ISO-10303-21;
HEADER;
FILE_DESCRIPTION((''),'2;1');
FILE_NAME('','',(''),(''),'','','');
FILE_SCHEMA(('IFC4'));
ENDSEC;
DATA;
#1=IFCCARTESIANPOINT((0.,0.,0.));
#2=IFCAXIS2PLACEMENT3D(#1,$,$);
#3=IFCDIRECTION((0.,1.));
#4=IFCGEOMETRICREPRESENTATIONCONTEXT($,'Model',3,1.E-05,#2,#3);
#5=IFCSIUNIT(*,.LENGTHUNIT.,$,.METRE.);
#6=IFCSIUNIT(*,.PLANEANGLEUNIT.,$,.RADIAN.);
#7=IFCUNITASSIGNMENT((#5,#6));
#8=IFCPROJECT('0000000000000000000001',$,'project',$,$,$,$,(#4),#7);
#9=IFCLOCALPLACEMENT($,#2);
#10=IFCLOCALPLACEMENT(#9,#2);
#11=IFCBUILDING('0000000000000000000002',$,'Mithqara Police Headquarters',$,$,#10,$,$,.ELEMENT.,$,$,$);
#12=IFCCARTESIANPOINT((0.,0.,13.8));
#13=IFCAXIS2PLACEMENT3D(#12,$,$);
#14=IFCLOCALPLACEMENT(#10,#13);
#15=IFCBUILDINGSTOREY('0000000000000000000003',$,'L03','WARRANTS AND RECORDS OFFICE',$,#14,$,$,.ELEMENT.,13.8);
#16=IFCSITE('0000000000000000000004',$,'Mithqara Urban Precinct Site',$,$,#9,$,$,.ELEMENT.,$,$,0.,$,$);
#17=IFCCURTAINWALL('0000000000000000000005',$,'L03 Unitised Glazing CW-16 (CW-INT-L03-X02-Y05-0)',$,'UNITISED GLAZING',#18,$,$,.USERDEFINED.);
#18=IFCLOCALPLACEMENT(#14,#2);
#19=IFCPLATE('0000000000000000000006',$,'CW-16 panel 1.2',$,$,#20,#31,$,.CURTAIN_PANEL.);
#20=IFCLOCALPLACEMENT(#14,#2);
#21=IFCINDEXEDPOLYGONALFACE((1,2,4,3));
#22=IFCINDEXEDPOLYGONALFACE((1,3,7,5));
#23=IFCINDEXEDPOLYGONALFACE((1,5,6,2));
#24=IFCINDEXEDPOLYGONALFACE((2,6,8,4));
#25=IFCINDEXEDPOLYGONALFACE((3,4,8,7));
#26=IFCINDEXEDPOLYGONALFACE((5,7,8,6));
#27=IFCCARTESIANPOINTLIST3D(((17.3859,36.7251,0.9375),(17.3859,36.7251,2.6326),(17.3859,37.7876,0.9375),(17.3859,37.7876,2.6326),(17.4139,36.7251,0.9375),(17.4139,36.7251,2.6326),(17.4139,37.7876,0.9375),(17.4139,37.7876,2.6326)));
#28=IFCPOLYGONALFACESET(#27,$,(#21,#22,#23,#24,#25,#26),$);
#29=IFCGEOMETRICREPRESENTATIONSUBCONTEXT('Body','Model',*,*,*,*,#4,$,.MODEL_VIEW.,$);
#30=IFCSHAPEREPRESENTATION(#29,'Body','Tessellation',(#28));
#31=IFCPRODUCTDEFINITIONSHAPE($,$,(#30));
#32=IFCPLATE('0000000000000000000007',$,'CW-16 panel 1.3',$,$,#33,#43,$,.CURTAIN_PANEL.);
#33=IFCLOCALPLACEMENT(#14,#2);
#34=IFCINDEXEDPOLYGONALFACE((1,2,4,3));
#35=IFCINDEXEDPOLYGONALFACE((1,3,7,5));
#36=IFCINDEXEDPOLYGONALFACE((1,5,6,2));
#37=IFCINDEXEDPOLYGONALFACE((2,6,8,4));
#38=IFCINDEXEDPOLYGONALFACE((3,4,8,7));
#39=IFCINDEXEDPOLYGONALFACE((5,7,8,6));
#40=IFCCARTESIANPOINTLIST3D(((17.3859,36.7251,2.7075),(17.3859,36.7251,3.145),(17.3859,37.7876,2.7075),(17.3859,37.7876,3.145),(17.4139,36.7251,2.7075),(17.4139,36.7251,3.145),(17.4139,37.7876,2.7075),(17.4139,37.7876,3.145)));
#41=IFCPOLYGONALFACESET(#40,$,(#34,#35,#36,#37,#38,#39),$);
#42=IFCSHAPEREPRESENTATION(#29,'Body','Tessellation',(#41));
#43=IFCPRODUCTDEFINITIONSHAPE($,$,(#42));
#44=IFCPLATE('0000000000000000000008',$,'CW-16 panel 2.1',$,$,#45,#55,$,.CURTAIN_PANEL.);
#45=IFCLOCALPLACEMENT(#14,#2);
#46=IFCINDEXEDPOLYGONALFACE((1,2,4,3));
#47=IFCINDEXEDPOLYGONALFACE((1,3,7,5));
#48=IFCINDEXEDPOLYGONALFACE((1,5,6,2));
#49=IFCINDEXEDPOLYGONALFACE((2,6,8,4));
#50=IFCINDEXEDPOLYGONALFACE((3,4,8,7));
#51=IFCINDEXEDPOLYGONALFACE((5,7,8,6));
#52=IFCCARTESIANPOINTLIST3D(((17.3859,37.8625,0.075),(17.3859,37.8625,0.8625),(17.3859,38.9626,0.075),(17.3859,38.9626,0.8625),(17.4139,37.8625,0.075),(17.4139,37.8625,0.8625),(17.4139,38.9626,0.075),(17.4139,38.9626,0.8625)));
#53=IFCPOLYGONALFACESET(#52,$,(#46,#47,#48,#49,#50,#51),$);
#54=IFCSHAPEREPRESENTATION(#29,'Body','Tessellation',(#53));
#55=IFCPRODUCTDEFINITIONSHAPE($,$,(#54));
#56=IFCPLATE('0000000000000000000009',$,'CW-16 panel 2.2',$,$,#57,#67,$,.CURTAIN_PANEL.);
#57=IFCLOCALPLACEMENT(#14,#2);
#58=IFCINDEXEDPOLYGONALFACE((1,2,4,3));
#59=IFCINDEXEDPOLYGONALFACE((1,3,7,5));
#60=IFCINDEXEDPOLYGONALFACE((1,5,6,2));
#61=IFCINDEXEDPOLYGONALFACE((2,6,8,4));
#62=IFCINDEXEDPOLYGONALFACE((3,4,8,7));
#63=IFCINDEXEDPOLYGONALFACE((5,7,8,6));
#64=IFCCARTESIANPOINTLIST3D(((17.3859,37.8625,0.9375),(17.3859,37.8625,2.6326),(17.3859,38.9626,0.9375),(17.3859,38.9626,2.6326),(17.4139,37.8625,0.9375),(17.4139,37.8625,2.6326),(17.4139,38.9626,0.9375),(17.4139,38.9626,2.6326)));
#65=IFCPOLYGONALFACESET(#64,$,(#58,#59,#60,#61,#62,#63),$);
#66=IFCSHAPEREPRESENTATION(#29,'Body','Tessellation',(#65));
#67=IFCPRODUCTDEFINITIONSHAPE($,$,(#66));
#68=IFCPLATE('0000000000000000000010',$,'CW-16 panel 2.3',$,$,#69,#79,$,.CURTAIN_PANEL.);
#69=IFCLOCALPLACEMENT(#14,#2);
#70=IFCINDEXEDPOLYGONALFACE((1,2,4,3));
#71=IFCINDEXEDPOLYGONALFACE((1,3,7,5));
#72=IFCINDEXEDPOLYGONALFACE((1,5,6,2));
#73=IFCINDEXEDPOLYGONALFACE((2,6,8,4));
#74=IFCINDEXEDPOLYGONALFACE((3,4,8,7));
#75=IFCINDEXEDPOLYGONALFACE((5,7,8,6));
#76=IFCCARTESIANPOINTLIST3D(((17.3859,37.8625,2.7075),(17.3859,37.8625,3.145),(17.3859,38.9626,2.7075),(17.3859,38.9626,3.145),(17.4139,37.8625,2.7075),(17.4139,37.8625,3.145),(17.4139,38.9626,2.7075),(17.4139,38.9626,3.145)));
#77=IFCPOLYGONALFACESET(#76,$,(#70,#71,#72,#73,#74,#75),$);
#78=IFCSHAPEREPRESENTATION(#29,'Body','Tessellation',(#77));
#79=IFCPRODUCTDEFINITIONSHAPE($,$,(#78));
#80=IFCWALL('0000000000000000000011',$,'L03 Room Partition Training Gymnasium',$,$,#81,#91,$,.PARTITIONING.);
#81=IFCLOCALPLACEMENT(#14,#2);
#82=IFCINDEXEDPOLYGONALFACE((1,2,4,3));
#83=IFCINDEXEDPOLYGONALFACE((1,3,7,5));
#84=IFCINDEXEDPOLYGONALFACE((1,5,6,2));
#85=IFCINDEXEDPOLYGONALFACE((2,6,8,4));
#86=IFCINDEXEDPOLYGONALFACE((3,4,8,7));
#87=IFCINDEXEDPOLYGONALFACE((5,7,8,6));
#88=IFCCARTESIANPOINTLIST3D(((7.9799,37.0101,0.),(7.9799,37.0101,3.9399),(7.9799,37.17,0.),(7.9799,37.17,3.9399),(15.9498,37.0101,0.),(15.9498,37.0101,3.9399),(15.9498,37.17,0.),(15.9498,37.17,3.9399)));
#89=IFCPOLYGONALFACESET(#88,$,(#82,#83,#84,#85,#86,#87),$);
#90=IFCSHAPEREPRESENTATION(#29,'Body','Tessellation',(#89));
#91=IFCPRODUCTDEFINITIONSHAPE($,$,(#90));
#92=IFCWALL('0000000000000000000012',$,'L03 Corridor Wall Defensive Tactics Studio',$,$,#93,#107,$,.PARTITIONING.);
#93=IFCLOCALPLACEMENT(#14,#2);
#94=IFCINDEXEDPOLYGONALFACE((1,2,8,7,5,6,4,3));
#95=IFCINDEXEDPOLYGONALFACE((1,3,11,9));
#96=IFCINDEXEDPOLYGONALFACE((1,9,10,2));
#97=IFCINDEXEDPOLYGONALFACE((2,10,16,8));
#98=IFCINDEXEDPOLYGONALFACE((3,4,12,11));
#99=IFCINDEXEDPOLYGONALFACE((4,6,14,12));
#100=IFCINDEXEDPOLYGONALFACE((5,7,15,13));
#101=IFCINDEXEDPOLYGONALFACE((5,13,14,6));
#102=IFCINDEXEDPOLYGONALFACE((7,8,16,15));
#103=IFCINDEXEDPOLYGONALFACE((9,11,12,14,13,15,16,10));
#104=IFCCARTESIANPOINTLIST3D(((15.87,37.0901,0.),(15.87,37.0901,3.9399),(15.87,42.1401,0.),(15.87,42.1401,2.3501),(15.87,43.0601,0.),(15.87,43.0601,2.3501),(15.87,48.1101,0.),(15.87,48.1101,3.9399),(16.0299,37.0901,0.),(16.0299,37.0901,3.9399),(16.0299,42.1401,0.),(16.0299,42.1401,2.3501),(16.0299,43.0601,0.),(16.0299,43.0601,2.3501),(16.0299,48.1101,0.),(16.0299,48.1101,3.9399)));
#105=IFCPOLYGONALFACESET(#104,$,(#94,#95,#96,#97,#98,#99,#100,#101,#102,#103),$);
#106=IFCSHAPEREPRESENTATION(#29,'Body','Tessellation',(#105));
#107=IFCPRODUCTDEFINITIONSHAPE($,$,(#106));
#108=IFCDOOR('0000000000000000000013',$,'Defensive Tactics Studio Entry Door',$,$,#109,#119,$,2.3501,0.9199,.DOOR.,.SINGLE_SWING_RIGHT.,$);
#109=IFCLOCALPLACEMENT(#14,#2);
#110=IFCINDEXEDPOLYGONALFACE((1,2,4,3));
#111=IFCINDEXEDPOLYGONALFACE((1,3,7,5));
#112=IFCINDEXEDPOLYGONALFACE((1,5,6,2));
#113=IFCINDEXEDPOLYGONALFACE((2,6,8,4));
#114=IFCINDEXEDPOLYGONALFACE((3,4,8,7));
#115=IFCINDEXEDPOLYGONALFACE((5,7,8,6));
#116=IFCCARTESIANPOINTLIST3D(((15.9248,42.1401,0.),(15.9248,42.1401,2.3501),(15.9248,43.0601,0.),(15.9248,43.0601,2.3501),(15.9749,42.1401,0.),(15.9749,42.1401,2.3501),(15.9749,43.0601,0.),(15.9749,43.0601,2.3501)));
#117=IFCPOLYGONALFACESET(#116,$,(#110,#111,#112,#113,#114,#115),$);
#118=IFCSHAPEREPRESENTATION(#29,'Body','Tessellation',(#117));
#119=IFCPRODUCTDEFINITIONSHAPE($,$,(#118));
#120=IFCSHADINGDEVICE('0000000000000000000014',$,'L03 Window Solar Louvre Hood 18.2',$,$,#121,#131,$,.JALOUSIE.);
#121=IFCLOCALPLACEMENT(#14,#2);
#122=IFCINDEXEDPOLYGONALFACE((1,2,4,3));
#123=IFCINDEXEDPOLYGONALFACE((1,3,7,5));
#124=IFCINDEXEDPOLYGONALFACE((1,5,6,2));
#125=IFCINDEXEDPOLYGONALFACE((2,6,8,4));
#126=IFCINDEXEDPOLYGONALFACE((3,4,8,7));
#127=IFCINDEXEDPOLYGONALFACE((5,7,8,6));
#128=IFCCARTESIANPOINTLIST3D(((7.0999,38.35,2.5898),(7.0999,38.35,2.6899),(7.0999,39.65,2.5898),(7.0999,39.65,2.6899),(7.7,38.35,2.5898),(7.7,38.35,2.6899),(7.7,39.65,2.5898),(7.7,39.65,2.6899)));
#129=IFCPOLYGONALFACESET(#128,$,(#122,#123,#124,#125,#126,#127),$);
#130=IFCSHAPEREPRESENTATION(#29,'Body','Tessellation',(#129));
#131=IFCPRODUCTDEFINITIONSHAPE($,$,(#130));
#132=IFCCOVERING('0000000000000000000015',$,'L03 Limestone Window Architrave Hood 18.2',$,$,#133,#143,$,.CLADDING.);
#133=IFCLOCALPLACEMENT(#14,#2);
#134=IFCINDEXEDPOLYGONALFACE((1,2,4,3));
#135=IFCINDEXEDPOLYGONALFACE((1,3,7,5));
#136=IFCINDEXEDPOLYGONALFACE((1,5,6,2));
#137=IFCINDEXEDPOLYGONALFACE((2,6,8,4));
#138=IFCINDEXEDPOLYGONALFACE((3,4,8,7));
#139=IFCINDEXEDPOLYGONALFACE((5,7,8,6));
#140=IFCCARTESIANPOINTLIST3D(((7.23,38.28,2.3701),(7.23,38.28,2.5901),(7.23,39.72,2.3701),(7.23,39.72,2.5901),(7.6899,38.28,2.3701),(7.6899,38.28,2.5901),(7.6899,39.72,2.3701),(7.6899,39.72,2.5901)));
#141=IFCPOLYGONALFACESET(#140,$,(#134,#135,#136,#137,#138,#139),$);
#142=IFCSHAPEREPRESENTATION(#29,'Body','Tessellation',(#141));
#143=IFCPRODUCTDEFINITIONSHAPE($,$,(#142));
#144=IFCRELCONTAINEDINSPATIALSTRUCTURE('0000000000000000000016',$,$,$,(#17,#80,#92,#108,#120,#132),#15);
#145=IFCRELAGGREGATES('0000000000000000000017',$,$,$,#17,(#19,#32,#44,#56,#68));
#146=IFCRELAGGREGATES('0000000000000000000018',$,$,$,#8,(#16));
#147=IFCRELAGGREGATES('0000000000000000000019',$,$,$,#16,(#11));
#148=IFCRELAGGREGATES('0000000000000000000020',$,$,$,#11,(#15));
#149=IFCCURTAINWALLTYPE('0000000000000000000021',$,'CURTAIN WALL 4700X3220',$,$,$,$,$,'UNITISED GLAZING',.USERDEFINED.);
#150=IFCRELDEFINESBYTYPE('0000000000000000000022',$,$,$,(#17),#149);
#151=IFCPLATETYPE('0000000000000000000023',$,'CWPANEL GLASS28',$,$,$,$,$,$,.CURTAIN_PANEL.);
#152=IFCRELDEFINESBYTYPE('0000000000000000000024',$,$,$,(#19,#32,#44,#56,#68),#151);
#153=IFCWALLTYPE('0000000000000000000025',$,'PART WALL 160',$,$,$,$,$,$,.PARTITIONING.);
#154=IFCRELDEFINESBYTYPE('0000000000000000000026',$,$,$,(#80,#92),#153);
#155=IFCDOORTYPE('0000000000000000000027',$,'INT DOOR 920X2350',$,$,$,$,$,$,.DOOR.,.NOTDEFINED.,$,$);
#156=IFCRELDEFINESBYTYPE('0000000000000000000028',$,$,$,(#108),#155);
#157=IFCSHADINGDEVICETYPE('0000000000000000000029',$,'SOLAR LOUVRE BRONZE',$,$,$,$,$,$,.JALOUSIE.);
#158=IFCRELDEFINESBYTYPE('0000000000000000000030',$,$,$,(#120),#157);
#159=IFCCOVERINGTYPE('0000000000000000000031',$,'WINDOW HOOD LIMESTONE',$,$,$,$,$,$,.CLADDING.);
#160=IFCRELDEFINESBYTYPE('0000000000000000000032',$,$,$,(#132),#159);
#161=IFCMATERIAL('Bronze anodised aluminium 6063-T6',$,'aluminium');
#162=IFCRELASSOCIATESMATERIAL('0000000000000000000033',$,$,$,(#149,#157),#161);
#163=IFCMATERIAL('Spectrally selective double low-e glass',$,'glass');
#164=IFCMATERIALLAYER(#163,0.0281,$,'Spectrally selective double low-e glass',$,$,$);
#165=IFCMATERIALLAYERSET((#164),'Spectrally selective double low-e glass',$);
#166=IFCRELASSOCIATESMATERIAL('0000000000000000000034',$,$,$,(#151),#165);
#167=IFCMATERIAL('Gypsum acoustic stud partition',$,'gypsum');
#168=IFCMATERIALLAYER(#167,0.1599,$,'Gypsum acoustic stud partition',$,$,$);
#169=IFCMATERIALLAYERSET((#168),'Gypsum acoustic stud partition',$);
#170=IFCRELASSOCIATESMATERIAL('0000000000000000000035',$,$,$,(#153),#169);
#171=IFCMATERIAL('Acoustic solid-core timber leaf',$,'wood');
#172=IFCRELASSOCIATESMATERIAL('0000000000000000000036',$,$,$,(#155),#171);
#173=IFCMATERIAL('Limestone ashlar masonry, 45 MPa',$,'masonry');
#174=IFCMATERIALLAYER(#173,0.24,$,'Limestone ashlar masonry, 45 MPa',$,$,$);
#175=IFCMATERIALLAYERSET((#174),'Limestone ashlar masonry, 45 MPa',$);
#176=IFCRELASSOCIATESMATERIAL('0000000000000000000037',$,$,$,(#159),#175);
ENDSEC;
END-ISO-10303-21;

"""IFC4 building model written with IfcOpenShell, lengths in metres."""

from ifc_helpers import new_model, si_unit, direction, frame, frame_2d, origin, origin_2d, place, context, subcontext, project, spatial, rectangle, extrude, material, layer, layer_set, type_object, element, fill, aggregate, save


model = new_model("IFC4")

# Units and contexts
model_context = context("Model", 3, precision=1e-05, world=origin(), true_north=direction((0.0, 1.0)))
body_context = subcontext(model_context, "Body", "Model", "MODEL_VIEW")
ifc_project = project(units=[si_unit("LENGTHUNIT", "METRE"), si_unit("PLANEANGLEUNIT", "RADIAN")], contexts=[model_context])

# Site, building, storey
site_placement = place(None, origin())
site = spatial("IfcSite", under=ifc_project, at=site_placement, Name="Mithqara Urban Precinct Site", CompositionType="ELEMENT", RefElevation=0.0)
building_placement = place(site_placement, origin())
building = spatial("IfcBuilding", under=site, at=building_placement, Name="Mithqara Police Headquarters", CompositionType="ELEMENT")
storey_placement = place(building_placement, frame((0.0, 0.0, 13.8)))
storey = spatial("IfcBuildingStorey", under=building, at=storey_placement, Name="L03", Description="WARRANTS AND RECORDS OFFICE", CompositionType="ELEMENT", Elevation=13.8)

# Curtain wall
ifc_material_1 = material(Name="Bronze anodised aluminium 6063-T6", Category="aluminium")
curtain_wall_type = type_object("IfcCurtainWallType", Name="CURTAIN WALL 4700X3220", ElementType="UNITISED GLAZING", PredefinedType="USERDEFINED", material=ifc_material_1)
curtain_wall_placement = place(storey_placement, origin())
curtain_wall = element("IfcCurtainWall", 1, at=curtain_wall_placement, inside=storey, type_object=curtain_wall_type, Name="L03 Unitised Glazing CW-16 (CW-INT-L03-X02-Y05-0)", ObjectType="UNITISED GLAZING", PredefinedType="USERDEFINED")

# Plates
ifc_material_2 = material(Name="Spectrally selective double low-e glass", Category="glass")
ifc_layer_1 = layer(ifc_material_2, 0.0281, Name="Spectrally selective double low-e glass")
ifc_layer_set_1 = layer_set([ifc_layer_1], Name="Spectrally selective double low-e glass")
plate_type = type_object("IfcPlateType", Name="CWPANEL GLASS28", PredefinedType="CURTAIN_PANEL", material=ifc_layer_set_1)
plate_1_placement = place(storey_placement, frame((17.3999, 37.2563, 0.9375), z_axis=(0.0, 0.0, 1.0), x_axis=(0.0, 1.0, 0.0)))
plate_1 = element("IfcPlate", 2, at=plate_1_placement, type_object=plate_type, Name="CW-16 panel 1.2", PredefinedType="CURTAIN_PANEL", context=body_context, shape_type="SweptSolid", body=[
    extrude(rectangle(XDim=1.0625, YDim=0.0281, at=origin_2d()), origin(), (0.0, 0.0, 1.0), 1.6951),
])
plate_2_placement = place(storey_placement, frame((17.3999, 37.2563, 2.7075), z_axis=(0.0, 0.0, 1.0), x_axis=(0.0, 1.0, 0.0)))
plate_2 = element("IfcPlate", 3, at=plate_2_placement, type_object=plate_type, Name="CW-16 panel 1.3", PredefinedType="CURTAIN_PANEL", context=body_context, shape_type="SweptSolid", body=[
    extrude(rectangle(XDim=1.0625, YDim=0.0281, at=origin_2d()), origin(), (0.0, 0.0, 1.0), 0.4375),
])
plate_3_placement = place(storey_placement, frame((17.3999, 38.4126, 0.075), z_axis=(0.0, 0.0, 1.0), x_axis=(0.0, 1.0, 0.0)))
plate_3 = element("IfcPlate", 4, at=plate_3_placement, type_object=plate_type, Name="CW-16 panel 2.1", PredefinedType="CURTAIN_PANEL", context=body_context, shape_type="SweptSolid", body=[
    extrude(rectangle(XDim=1.1001, YDim=0.0281, at=origin_2d()), origin(), (0.0, 0.0, 1.0), 0.7876),
])
plate_4_placement = place(storey_placement, frame((17.3999, 38.4126, 0.9375), z_axis=(0.0, 0.0, 1.0), x_axis=(0.0, 1.0, 0.0)))
plate_4 = element("IfcPlate", 5, at=plate_4_placement, type_object=plate_type, Name="CW-16 panel 2.2", PredefinedType="CURTAIN_PANEL", context=body_context, shape_type="SweptSolid", body=[
    extrude(rectangle(XDim=1.1001, YDim=0.0281, at=origin_2d()), origin(), (0.0, 0.0, 1.0), 1.6951),
])
plate_5_placement = place(storey_placement, frame((17.3999, 38.4126, 2.7075), z_axis=(0.0, 0.0, 1.0), x_axis=(0.0, 1.0, 0.0)))
plate_5 = element("IfcPlate", 6, at=plate_5_placement, type_object=plate_type, Name="CW-16 panel 2.3", PredefinedType="CURTAIN_PANEL", context=body_context, shape_type="SweptSolid", body=[
    extrude(rectangle(XDim=1.1001, YDim=0.0281, at=origin_2d()), origin(), (0.0, 0.0, 1.0), 0.4375),
])
aggregate(curtain_wall, [plate_1, plate_2, plate_3, plate_4, plate_5])

# Wall
ifc_material_3 = material(Name="Gypsum acoustic stud partition", Category="gypsum")
ifc_layer_2 = layer(ifc_material_3, 0.1599, Name="Gypsum acoustic stud partition")
ifc_layer_set_2 = layer_set([ifc_layer_2], Name="Gypsum acoustic stud partition")
wall_type = type_object("IfcWallType", Name="PART WALL 160", PredefinedType="PARTITIONING", material=ifc_layer_set_2)
wall_1_placement = place(storey_placement, frame((7.98, 37.0901, 0.0), z_axis=(0.0, 0.0, 1.0), x_axis=(1.0, 0.0, 0.0)))
element("IfcWall", 7, at=wall_1_placement, inside=storey, type_object=wall_type, Name="L03 Room Partition Training Gymnasium", PredefinedType="PARTITIONING", context=body_context, shape_type="SweptSolid", body=[
    extrude(rectangle(XDim=7.97, YDim=0.1599, at=frame_2d((3.9849, 0.0))), origin(), (0.0, 0.0, 1.0), 3.9399),
])

# Wall, opening, door
wall_2_placement = place(storey_placement, frame((15.95, 37.0901, 0.0), z_axis=(0.0, 0.0, 1.0), x_axis=(0.0, 1.0, 0.0)))
wall_2 = element("IfcWall", 8, at=wall_2_placement, inside=storey, type_object=wall_type, Name="L03 Corridor Wall Defensive Tactics Studio", PredefinedType="PARTITIONING", context=body_context, shape_type="SweptSolid", body=[
    extrude(rectangle(XDim=11.02, YDim=0.1599, at=frame_2d((5.51, 0.0))), origin(), (0.0, 0.0, 1.0), 3.9399),
])
opening_placement = place(wall_2_placement, frame((5.05, 0.0, 0.0)))
opening = element("IfcOpeningElement", 9, at=opening_placement, cuts=wall_2, PredefinedType="OPENING", context=body_context, shape_type="SweptSolid", body=[
    extrude(rectangle(XDim=0.9199, YDim=2.3501, at=frame_2d((0.46, 1.175))), frame((0.0, 0.0898, 0.0), z_axis=(0.0, -1.0, 0.0), x_axis=(1.0, 0.0, 0.0)), (0.0, 0.0, 1.0), 0.1799),
])
ifc_material_4 = material(Name="Acoustic solid-core timber leaf", Category="wood")
door_type = type_object("IfcDoorType", Name="INT DOOR 920X2350", OperationType="NOTDEFINED", PredefinedType="DOOR", material=ifc_material_4)
door_placement = place(opening_placement, frame((0.9199, 0.0, 0.0), z_axis=(0.0, 0.0, 1.0), x_axis=(-1.0, 0.0, 0.0)))
door = element("IfcDoor", 10, at=door_placement, inside=storey, type_object=door_type, Name="Defensive Tactics Studio Entry Door", OperationType="SINGLE_SWING_RIGHT", OverallHeight=2.3501, OverallWidth=0.9199, PredefinedType="DOOR", context=body_context, shape_type="SweptSolid", body=[
    extrude(rectangle(XDim=0.9199, YDim=2.3501, at=frame_2d((0.46, 1.175))), frame((0.0, 0.0249, 0.0), z_axis=(0.0, -1.0, 0.0), x_axis=(1.0, 0.0, 0.0)), (0.0, 0.0, 1.0), 0.05),
])
fill(opening, door)

# Shading device
shading_device_type = type_object("IfcShadingDeviceType", Name="SOLAR LOUVRE BRONZE", PredefinedType="JALOUSIE", material=ifc_material_1)
shading_device_placement = place(storey_placement, frame((7.3999, 39.0, 2.5898), z_axis=(0.0, 0.0, 1.0), x_axis=(0.0, 1.0, 0.0)))
element("IfcShadingDevice", 11, at=shading_device_placement, inside=storey, type_object=shading_device_type, Name="L03 Window Solar Louvre Hood 18.2", PredefinedType="JALOUSIE", context=body_context, shape_type="SweptSolid", body=[
    extrude(rectangle(XDim=1.3, YDim=0.6001, at=origin_2d()), origin(), (0.0, 0.0, 1.0), 0.1001),
])

# Covering
ifc_material_5 = material(Name="Limestone ashlar masonry, 45 MPa", Category="masonry")
ifc_layer_3 = layer(ifc_material_5, 0.24, Name="Limestone ashlar masonry, 45 MPa")
ifc_layer_set_3 = layer_set([ifc_layer_3], Name="Limestone ashlar masonry, 45 MPa")
covering_type = type_object("IfcCoveringType", Name="WINDOW HOOD LIMESTONE", PredefinedType="CLADDING", material=ifc_layer_set_3)
covering_placement = place(storey_placement, frame((7.46, 39.0, 2.3701), z_axis=(0.0, 0.0, 1.0), x_axis=(0.0, 1.0, 0.0)))
element("IfcCovering", 12, at=covering_placement, inside=storey, type_object=covering_type, Name="L03 Limestone Window Architrave Hood 18.2", PredefinedType="CLADDING", context=body_context, shape_type="SweptSolid", body=[
    extrude(rectangle(XDim=1.4399, YDim=0.46, at=origin_2d()), origin(), (0.0, 0.0, 1.0), 0.22),
])

save(model, "model.ifc")
